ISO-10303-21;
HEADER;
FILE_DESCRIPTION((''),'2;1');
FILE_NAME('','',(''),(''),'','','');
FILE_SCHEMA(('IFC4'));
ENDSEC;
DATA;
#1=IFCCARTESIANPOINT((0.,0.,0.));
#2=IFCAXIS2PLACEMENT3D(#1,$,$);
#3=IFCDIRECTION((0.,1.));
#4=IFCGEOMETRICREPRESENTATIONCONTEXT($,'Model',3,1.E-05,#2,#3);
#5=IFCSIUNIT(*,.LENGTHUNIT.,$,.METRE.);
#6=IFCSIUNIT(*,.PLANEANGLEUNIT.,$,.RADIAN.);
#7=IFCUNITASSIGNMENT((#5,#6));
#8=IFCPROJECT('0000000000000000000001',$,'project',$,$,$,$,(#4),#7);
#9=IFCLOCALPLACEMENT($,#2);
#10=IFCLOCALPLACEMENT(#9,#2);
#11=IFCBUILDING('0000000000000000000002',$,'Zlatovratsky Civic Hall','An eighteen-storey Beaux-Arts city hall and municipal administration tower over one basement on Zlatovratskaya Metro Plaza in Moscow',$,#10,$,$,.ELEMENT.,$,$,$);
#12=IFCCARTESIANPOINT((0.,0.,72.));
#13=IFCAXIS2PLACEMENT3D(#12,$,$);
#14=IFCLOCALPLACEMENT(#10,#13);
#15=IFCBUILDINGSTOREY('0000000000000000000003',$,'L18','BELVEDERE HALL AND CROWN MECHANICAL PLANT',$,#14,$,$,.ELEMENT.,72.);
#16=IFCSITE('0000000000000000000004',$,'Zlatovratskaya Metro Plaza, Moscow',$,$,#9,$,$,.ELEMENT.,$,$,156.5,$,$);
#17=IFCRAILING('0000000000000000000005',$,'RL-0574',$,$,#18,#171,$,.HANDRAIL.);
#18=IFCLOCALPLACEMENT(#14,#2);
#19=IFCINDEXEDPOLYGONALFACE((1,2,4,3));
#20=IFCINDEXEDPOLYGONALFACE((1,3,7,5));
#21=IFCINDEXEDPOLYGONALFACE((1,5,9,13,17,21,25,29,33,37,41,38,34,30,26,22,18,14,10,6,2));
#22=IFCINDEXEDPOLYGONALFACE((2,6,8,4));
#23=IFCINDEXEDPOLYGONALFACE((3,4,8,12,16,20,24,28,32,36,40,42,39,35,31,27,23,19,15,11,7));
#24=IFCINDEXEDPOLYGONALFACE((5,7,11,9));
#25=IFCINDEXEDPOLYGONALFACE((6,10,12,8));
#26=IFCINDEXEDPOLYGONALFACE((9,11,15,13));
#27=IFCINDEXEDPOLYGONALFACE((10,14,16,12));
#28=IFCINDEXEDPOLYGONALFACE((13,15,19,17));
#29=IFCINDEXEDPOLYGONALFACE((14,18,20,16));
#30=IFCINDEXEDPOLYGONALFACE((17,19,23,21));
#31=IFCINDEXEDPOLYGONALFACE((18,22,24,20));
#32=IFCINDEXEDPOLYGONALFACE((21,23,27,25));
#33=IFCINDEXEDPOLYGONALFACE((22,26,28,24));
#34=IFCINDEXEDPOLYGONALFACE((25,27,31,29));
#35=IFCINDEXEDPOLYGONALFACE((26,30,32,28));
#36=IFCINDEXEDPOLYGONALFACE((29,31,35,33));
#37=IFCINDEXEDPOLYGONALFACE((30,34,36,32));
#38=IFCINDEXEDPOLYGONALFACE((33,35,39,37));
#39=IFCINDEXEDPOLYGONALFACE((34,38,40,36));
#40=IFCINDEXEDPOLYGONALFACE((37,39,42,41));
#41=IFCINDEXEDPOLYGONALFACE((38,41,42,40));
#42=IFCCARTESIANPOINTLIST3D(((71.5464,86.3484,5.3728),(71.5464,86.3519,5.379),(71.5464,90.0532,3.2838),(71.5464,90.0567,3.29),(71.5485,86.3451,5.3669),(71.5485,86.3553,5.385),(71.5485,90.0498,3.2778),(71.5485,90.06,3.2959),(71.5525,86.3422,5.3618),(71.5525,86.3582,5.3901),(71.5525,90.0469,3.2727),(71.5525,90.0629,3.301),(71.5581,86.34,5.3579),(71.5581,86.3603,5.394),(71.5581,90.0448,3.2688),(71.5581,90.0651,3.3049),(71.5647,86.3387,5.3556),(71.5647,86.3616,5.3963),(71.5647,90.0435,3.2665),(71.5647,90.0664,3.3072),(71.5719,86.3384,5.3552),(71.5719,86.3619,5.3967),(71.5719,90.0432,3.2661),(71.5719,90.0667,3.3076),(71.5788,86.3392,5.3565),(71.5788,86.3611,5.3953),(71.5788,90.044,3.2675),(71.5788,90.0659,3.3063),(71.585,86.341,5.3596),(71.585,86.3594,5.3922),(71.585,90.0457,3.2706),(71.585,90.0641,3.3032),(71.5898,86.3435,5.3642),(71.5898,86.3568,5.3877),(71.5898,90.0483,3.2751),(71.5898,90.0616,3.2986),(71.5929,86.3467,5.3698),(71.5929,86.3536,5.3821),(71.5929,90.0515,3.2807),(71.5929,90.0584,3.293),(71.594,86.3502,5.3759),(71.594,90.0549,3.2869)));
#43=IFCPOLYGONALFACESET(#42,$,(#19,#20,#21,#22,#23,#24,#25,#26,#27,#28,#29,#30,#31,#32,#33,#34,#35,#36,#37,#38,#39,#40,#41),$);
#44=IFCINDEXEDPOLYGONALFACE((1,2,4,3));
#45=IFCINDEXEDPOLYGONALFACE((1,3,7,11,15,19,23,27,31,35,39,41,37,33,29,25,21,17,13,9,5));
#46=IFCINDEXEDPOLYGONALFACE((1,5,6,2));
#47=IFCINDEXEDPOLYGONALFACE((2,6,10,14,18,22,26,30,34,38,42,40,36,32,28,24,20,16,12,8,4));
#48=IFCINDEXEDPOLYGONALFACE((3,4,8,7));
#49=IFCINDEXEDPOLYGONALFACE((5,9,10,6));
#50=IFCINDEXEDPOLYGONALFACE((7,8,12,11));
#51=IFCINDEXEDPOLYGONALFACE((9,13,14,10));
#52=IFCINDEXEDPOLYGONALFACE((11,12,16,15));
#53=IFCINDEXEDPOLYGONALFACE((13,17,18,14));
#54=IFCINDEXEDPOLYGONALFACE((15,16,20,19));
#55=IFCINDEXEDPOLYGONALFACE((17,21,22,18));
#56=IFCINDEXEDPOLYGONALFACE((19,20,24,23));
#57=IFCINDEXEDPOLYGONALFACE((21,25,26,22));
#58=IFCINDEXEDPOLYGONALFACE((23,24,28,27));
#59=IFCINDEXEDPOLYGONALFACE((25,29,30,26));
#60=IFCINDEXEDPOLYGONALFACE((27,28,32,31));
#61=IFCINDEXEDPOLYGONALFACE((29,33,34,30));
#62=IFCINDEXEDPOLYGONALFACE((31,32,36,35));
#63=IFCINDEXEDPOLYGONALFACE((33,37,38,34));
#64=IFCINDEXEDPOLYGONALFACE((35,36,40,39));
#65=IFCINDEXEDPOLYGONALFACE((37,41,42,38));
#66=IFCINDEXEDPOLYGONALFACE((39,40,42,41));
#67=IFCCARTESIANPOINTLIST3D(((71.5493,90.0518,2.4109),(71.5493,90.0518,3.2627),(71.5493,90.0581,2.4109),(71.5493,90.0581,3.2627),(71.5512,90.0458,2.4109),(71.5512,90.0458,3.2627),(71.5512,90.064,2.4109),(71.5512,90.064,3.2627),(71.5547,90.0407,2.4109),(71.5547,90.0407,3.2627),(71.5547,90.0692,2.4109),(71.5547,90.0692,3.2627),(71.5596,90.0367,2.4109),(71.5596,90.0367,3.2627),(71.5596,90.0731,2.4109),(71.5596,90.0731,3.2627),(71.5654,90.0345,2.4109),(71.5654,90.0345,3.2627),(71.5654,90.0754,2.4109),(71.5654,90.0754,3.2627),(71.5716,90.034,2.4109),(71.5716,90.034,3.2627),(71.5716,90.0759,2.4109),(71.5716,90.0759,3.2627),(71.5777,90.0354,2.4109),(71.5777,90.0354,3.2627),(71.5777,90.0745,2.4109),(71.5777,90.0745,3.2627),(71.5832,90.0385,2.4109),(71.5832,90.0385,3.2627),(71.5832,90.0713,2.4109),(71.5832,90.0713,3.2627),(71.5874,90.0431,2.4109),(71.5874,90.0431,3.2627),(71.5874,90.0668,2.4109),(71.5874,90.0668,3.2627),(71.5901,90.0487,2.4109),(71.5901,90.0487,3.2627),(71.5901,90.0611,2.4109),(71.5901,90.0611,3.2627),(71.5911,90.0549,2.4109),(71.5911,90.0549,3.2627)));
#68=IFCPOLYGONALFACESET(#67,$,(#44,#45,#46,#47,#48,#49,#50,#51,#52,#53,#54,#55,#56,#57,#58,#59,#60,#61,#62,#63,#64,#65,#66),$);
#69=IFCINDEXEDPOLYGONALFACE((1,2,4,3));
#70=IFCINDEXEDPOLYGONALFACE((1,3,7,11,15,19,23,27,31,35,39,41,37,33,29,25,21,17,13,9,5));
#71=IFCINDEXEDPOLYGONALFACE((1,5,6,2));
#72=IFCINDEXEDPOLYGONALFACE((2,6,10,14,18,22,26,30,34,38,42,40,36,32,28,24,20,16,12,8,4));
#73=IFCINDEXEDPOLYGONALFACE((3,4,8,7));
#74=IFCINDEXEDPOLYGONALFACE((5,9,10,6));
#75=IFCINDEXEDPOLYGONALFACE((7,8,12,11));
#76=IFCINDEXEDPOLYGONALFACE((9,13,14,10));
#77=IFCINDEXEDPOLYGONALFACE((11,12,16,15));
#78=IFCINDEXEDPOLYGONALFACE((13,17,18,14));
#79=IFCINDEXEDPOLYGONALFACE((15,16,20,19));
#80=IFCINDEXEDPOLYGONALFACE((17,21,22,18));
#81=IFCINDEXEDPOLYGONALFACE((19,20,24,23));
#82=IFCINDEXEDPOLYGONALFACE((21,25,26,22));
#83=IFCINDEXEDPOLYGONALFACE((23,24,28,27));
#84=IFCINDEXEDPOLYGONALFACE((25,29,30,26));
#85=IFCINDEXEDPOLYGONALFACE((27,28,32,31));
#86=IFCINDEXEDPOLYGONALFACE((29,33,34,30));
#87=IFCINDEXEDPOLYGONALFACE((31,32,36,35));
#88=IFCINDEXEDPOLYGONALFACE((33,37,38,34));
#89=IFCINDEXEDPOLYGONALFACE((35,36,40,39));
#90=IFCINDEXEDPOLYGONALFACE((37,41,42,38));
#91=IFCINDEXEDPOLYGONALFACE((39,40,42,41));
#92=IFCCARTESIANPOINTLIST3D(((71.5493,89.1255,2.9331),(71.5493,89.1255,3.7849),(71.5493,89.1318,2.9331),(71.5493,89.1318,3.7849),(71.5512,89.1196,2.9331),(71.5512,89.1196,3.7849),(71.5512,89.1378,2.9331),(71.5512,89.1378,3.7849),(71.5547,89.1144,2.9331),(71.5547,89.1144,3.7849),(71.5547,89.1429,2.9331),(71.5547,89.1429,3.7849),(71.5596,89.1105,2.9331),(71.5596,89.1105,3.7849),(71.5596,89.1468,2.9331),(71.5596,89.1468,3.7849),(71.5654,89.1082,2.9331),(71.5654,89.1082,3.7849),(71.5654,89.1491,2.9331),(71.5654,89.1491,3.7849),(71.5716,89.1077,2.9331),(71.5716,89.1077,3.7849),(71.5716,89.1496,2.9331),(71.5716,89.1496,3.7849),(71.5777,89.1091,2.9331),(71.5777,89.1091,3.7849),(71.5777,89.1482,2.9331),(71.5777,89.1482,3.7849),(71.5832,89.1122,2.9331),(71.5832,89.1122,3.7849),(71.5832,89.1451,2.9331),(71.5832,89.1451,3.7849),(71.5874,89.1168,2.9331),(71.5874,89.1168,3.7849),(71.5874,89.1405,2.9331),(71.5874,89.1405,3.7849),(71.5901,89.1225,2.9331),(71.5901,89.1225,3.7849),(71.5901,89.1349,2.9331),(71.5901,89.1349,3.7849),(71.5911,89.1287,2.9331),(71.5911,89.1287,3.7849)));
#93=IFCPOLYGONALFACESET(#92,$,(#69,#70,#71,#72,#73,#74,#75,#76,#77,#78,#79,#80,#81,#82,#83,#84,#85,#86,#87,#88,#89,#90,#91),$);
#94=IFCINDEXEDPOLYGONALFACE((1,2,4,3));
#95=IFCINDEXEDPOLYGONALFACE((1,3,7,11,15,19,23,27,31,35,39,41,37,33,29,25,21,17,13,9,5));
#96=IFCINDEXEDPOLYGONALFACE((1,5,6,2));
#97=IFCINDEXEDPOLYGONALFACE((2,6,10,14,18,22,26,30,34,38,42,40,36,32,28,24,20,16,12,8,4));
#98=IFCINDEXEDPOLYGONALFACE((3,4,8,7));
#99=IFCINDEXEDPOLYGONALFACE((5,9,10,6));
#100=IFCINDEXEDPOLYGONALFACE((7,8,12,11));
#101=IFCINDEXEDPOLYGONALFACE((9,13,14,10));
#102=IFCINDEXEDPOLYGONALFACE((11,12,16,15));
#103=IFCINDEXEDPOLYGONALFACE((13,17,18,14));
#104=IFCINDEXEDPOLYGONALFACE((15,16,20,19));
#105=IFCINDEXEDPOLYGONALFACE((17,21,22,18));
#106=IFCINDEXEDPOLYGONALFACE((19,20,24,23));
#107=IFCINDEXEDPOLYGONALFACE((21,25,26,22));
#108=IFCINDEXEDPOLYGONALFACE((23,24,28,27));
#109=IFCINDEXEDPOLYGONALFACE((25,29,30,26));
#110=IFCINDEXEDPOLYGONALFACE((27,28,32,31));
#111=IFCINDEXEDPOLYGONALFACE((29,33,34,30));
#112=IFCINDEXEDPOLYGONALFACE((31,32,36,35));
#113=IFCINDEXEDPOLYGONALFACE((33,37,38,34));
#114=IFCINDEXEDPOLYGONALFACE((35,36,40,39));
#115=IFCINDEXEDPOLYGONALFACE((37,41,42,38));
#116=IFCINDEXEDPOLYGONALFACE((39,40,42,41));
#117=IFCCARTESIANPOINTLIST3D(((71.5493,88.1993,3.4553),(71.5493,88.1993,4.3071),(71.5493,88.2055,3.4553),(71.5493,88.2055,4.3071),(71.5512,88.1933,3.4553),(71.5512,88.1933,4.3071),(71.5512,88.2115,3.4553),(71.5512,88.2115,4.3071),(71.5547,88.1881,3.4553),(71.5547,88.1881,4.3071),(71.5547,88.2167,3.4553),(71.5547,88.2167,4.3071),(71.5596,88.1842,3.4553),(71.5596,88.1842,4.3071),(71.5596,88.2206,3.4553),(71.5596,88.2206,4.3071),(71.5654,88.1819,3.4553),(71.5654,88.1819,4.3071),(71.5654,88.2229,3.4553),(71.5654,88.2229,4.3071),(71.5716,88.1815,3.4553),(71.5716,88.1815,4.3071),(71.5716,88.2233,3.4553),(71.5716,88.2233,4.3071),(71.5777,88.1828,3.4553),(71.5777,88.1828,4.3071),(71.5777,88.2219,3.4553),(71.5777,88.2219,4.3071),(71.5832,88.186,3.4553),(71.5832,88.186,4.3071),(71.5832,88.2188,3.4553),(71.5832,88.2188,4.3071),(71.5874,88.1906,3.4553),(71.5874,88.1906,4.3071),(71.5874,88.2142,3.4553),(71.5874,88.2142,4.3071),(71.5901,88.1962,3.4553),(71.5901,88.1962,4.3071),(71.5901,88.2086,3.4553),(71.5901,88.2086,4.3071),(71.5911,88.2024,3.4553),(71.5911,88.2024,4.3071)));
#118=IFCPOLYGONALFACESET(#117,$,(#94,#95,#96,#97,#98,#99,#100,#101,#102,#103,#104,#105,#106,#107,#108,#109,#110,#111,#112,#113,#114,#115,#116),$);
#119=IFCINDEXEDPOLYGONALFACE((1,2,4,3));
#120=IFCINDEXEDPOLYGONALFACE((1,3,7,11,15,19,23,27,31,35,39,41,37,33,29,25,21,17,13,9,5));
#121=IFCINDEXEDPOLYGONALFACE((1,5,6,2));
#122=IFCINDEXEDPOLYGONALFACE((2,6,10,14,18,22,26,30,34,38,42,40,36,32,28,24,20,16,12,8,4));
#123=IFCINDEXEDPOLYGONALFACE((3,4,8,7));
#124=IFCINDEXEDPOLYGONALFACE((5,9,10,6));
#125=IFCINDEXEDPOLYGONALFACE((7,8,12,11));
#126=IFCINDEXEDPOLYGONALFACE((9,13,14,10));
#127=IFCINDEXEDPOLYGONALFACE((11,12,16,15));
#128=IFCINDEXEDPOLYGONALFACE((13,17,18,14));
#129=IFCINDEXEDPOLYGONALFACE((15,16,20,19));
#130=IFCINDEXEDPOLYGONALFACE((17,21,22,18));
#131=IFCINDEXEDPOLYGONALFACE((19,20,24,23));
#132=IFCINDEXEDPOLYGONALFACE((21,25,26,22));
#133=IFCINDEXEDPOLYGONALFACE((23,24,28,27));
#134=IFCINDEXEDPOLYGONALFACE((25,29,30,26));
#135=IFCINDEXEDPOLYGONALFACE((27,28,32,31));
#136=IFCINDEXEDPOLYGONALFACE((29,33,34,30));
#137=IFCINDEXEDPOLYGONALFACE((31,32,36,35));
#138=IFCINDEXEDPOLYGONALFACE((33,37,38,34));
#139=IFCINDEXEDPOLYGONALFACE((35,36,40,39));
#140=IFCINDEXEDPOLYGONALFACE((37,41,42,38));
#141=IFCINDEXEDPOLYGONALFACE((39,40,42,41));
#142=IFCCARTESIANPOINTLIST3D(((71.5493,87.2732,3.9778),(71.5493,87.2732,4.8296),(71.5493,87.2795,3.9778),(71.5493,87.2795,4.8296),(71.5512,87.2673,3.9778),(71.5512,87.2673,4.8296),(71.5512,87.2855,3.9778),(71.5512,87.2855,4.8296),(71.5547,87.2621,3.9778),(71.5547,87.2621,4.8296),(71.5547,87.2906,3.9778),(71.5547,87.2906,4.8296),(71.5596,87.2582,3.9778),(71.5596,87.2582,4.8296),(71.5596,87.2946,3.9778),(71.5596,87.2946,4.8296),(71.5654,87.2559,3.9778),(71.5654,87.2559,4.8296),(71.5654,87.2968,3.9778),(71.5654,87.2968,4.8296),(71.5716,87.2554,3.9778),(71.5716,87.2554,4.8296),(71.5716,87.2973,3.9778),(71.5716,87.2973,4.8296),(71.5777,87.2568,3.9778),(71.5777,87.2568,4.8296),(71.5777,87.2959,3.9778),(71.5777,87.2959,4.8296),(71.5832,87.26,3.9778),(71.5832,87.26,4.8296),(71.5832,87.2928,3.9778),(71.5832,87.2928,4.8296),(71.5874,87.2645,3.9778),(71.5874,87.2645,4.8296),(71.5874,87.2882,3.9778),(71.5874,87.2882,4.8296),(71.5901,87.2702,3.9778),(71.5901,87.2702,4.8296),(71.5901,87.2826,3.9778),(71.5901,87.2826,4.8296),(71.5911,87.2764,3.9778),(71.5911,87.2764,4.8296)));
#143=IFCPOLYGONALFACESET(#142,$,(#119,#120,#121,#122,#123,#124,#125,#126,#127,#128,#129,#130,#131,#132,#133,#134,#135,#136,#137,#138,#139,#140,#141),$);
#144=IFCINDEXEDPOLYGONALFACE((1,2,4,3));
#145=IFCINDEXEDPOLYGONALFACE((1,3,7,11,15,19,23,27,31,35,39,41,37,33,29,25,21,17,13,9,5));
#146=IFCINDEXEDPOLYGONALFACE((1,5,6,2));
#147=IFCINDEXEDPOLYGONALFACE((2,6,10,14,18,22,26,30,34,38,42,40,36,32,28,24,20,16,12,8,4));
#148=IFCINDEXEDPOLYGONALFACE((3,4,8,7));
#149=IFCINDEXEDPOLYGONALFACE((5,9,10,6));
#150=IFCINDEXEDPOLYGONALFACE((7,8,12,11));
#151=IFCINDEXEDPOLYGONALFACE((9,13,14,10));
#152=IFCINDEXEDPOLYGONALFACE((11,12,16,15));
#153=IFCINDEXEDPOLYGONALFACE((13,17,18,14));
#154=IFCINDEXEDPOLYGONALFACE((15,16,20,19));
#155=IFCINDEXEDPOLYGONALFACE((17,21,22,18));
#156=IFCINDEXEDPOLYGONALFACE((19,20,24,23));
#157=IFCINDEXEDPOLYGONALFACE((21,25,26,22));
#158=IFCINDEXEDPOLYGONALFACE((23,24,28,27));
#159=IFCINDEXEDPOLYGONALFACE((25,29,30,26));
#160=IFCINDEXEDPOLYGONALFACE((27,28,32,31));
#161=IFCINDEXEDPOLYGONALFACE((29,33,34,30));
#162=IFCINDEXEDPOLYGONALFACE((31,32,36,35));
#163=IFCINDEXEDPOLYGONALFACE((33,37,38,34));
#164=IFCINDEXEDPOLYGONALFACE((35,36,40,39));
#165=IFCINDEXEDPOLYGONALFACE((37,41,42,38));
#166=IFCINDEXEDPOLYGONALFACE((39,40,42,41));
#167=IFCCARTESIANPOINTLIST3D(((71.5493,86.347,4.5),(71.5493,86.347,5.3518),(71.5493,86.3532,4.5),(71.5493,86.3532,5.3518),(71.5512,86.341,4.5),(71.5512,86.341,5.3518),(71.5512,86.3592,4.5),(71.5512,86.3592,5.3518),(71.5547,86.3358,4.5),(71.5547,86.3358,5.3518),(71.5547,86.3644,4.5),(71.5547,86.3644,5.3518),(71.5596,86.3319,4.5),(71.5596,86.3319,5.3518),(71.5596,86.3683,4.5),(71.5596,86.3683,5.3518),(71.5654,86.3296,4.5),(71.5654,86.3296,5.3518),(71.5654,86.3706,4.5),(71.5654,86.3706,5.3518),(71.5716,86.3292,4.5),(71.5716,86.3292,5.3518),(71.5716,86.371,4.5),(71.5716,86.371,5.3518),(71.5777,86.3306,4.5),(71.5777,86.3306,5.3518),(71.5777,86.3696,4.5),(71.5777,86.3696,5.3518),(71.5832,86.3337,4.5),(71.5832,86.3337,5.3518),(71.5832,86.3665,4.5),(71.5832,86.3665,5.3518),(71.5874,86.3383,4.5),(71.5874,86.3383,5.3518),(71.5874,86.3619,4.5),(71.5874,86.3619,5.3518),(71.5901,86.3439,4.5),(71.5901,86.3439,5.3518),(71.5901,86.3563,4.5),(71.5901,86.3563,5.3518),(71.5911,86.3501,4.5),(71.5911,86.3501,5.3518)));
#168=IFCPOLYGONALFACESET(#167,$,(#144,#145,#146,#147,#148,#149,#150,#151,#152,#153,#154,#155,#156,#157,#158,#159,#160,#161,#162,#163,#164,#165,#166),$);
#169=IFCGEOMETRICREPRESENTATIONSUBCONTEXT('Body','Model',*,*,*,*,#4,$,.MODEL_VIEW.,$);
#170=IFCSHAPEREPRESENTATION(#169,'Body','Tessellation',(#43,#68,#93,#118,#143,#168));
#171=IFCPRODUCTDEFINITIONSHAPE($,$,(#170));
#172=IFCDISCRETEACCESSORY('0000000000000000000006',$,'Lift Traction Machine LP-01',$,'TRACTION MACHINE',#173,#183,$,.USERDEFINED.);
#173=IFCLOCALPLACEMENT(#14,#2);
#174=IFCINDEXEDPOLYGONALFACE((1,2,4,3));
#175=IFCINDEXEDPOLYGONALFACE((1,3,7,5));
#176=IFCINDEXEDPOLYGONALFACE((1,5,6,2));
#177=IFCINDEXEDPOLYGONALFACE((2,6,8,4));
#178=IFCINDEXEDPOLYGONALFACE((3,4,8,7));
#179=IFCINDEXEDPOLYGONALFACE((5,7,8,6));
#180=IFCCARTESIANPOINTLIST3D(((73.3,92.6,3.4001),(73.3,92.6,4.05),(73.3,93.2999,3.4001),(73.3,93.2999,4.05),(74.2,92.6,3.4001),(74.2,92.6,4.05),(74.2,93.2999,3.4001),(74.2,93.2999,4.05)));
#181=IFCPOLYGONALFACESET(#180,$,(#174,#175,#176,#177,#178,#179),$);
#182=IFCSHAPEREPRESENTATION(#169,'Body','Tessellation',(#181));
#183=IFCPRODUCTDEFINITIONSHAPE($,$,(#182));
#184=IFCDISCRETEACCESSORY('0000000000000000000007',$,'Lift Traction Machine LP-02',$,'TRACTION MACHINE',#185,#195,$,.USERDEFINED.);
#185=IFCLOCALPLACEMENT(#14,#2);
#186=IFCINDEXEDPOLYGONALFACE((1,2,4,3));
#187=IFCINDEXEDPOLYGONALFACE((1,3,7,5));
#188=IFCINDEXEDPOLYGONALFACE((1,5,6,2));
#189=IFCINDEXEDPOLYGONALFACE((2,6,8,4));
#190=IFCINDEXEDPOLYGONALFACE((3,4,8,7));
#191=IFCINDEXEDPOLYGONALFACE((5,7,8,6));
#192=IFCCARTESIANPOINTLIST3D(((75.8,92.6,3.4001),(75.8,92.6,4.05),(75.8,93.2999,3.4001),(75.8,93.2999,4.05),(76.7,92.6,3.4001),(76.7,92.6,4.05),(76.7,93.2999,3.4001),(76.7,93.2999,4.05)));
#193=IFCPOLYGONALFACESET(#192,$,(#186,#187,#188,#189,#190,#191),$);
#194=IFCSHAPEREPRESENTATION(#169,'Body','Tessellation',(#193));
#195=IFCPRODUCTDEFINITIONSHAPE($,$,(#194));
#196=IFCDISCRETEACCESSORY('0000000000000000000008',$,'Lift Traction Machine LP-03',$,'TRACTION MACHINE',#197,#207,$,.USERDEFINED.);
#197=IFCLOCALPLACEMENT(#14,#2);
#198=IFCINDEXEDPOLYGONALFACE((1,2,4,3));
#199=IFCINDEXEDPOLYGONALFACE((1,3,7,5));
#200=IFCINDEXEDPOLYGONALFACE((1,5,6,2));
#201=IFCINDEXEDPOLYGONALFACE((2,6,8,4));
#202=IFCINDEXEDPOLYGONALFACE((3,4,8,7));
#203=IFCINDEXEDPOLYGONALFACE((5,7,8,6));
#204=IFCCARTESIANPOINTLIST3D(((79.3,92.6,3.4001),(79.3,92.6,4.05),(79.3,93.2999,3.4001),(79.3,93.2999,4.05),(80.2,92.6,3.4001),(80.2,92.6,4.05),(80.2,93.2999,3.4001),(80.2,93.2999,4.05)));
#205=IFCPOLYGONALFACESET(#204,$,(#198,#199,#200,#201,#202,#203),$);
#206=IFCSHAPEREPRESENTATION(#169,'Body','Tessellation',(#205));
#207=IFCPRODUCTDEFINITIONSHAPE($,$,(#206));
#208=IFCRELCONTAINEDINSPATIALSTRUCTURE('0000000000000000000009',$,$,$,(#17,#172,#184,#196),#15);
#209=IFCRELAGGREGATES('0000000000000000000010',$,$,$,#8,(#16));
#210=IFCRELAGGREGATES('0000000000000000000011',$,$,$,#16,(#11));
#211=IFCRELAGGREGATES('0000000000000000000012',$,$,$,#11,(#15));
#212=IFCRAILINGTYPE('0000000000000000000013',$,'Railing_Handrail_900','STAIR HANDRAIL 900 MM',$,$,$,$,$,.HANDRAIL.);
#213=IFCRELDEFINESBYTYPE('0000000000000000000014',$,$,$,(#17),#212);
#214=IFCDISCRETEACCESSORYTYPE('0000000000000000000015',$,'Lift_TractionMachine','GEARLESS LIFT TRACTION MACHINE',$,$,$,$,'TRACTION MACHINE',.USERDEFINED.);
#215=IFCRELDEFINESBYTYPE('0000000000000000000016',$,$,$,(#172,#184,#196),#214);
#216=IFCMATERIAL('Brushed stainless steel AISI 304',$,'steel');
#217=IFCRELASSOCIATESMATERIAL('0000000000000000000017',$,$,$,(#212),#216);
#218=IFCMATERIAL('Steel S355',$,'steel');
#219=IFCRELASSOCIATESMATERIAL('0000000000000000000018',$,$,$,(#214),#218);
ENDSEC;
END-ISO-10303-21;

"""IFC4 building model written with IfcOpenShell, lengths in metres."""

from ifc_helpers import new_model, si_unit, direction, frame, origin, origin_2d, place, context, subcontext, project, spatial, rectangle, circle, extrude, material, type_object, element, save


model = new_model("IFC4")

# Units and contexts
model_context = context("Model", 3, precision=1e-05, world=origin(), true_north=direction((0.0, 1.0)))
body_context = subcontext(model_context, "Body", "Model", "MODEL_VIEW")
ifc_project = project(units=[si_unit("LENGTHUNIT", "METRE"), si_unit("PLANEANGLEUNIT", "RADIAN")], contexts=[model_context])

# Site, building, storey
site_placement = place(None, origin())
site = spatial("IfcSite", under=ifc_project, at=site_placement, Name="Zlatovratskaya Metro Plaza, Moscow", CompositionType="ELEMENT", RefElevation=156.5)
building_placement = place(site_placement, origin())
building = spatial("IfcBuilding", under=site, at=building_placement, Name="Zlatovratsky Civic Hall", Description="An eighteen-storey Beaux-Arts city hall and municipal administration tower over one basement on Zlatovratskaya Metro Plaza in Moscow", CompositionType="ELEMENT")
storey_placement = place(building_placement, frame((0.0, 0.0, 72.0)))
storey = spatial("IfcBuildingStorey", under=building, at=storey_placement, Name="L18", Description="BELVEDERE HALL AND CROWN MECHANICAL PLANT", CompositionType="ELEMENT", Elevation=72.0)

# Shared definitions
ifc_material_1 = material(Name="Steel S355", Category="steel")

# Railing
ifc_material_2 = material(Name="Brushed stainless steel AISI 304", Category="steel")
railing_type = type_object("IfcRailingType", Name="Railing_Handrail_900", Description="STAIR HANDRAIL 900 MM", PredefinedType="HANDRAIL", material=ifc_material_2)
railing_placement = place(storey_placement, frame((71.5701, 90.0549, 2.4109)))
element("IfcRailing", 1, at=railing_placement, inside=storey, type_object=railing_type, Name="RL-0574", PredefinedType="HANDRAIL", context=body_context, shape_type="SweptSolid", body=[
    extrude(circle(Radius=0.0239, at=origin_2d()), frame((0.0, 0.0, 0.876), z_axis=(0.0, -0.871058, 0.491179), x_axis=(1.0, 0.0, 0.0)), (0.0, 0.0, 1.0), 4.2532),
    extrude(circle(Radius=0.021, at=origin_2d()), origin(), (0.0, 0.0, 1.0), 0.8518),
    extrude(circle(Radius=0.021, at=origin_2d()), frame((0.0, -0.9263, 0.5222)), (0.0, 0.0, 1.0), 0.8518),
    extrude(circle(Radius=0.021, at=origin_2d()), frame((0.0, -1.8525, 1.0444)), (0.0, 0.0, 1.0), 0.8518),
    extrude(circle(Radius=0.021, at=origin_2d()), frame((0.0, -2.7786, 1.5669)), (0.0, 0.0, 1.0), 0.8518),
    extrude(circle(Radius=0.021, at=origin_2d()), frame((0.0, -3.7048, 2.0891)), (0.0, 0.0, 1.0), 0.8518),
])

# Discrete accessories
discrete_accessory_type = type_object("IfcDiscreteAccessoryType", Name="Lift_TractionMachine", Description="GEARLESS LIFT TRACTION MACHINE", ElementType="TRACTION MACHINE", PredefinedType="USERDEFINED", material=ifc_material_1)
for number, where, z_axis, x_axis, name in (
    (2, (73.75, 92.95, 3.4001), (0.0, 0.0, 1.0), (1.0, 0.0, 0.0), "Lift Traction Machine LP-01"),
    (3, (76.25, 92.95, 3.4001), (0.0, 0.0, 1.0), (1.0, 0.0, 0.0), "Lift Traction Machine LP-02"),
    (4, (79.75, 92.95, 3.4001), (0.0, 0.0, 1.0), (1.0, 0.0, 0.0), "Lift Traction Machine LP-03"),
):
    element("IfcDiscreteAccessory", number, at=place(storey_placement, frame(where, z_axis=z_axis, x_axis=x_axis)), inside=storey, type_object=discrete_accessory_type, Name=name, ObjectType="TRACTION MACHINE", PredefinedType="USERDEFINED", context=body_context, shape_type="SweptSolid", body=[
        extrude(rectangle(XDim=0.8999, YDim=0.7, at=origin_2d()), origin(), (0.0, 0.0, 1.0), 0.6499),
    ])

save(model, "model.ifc")
